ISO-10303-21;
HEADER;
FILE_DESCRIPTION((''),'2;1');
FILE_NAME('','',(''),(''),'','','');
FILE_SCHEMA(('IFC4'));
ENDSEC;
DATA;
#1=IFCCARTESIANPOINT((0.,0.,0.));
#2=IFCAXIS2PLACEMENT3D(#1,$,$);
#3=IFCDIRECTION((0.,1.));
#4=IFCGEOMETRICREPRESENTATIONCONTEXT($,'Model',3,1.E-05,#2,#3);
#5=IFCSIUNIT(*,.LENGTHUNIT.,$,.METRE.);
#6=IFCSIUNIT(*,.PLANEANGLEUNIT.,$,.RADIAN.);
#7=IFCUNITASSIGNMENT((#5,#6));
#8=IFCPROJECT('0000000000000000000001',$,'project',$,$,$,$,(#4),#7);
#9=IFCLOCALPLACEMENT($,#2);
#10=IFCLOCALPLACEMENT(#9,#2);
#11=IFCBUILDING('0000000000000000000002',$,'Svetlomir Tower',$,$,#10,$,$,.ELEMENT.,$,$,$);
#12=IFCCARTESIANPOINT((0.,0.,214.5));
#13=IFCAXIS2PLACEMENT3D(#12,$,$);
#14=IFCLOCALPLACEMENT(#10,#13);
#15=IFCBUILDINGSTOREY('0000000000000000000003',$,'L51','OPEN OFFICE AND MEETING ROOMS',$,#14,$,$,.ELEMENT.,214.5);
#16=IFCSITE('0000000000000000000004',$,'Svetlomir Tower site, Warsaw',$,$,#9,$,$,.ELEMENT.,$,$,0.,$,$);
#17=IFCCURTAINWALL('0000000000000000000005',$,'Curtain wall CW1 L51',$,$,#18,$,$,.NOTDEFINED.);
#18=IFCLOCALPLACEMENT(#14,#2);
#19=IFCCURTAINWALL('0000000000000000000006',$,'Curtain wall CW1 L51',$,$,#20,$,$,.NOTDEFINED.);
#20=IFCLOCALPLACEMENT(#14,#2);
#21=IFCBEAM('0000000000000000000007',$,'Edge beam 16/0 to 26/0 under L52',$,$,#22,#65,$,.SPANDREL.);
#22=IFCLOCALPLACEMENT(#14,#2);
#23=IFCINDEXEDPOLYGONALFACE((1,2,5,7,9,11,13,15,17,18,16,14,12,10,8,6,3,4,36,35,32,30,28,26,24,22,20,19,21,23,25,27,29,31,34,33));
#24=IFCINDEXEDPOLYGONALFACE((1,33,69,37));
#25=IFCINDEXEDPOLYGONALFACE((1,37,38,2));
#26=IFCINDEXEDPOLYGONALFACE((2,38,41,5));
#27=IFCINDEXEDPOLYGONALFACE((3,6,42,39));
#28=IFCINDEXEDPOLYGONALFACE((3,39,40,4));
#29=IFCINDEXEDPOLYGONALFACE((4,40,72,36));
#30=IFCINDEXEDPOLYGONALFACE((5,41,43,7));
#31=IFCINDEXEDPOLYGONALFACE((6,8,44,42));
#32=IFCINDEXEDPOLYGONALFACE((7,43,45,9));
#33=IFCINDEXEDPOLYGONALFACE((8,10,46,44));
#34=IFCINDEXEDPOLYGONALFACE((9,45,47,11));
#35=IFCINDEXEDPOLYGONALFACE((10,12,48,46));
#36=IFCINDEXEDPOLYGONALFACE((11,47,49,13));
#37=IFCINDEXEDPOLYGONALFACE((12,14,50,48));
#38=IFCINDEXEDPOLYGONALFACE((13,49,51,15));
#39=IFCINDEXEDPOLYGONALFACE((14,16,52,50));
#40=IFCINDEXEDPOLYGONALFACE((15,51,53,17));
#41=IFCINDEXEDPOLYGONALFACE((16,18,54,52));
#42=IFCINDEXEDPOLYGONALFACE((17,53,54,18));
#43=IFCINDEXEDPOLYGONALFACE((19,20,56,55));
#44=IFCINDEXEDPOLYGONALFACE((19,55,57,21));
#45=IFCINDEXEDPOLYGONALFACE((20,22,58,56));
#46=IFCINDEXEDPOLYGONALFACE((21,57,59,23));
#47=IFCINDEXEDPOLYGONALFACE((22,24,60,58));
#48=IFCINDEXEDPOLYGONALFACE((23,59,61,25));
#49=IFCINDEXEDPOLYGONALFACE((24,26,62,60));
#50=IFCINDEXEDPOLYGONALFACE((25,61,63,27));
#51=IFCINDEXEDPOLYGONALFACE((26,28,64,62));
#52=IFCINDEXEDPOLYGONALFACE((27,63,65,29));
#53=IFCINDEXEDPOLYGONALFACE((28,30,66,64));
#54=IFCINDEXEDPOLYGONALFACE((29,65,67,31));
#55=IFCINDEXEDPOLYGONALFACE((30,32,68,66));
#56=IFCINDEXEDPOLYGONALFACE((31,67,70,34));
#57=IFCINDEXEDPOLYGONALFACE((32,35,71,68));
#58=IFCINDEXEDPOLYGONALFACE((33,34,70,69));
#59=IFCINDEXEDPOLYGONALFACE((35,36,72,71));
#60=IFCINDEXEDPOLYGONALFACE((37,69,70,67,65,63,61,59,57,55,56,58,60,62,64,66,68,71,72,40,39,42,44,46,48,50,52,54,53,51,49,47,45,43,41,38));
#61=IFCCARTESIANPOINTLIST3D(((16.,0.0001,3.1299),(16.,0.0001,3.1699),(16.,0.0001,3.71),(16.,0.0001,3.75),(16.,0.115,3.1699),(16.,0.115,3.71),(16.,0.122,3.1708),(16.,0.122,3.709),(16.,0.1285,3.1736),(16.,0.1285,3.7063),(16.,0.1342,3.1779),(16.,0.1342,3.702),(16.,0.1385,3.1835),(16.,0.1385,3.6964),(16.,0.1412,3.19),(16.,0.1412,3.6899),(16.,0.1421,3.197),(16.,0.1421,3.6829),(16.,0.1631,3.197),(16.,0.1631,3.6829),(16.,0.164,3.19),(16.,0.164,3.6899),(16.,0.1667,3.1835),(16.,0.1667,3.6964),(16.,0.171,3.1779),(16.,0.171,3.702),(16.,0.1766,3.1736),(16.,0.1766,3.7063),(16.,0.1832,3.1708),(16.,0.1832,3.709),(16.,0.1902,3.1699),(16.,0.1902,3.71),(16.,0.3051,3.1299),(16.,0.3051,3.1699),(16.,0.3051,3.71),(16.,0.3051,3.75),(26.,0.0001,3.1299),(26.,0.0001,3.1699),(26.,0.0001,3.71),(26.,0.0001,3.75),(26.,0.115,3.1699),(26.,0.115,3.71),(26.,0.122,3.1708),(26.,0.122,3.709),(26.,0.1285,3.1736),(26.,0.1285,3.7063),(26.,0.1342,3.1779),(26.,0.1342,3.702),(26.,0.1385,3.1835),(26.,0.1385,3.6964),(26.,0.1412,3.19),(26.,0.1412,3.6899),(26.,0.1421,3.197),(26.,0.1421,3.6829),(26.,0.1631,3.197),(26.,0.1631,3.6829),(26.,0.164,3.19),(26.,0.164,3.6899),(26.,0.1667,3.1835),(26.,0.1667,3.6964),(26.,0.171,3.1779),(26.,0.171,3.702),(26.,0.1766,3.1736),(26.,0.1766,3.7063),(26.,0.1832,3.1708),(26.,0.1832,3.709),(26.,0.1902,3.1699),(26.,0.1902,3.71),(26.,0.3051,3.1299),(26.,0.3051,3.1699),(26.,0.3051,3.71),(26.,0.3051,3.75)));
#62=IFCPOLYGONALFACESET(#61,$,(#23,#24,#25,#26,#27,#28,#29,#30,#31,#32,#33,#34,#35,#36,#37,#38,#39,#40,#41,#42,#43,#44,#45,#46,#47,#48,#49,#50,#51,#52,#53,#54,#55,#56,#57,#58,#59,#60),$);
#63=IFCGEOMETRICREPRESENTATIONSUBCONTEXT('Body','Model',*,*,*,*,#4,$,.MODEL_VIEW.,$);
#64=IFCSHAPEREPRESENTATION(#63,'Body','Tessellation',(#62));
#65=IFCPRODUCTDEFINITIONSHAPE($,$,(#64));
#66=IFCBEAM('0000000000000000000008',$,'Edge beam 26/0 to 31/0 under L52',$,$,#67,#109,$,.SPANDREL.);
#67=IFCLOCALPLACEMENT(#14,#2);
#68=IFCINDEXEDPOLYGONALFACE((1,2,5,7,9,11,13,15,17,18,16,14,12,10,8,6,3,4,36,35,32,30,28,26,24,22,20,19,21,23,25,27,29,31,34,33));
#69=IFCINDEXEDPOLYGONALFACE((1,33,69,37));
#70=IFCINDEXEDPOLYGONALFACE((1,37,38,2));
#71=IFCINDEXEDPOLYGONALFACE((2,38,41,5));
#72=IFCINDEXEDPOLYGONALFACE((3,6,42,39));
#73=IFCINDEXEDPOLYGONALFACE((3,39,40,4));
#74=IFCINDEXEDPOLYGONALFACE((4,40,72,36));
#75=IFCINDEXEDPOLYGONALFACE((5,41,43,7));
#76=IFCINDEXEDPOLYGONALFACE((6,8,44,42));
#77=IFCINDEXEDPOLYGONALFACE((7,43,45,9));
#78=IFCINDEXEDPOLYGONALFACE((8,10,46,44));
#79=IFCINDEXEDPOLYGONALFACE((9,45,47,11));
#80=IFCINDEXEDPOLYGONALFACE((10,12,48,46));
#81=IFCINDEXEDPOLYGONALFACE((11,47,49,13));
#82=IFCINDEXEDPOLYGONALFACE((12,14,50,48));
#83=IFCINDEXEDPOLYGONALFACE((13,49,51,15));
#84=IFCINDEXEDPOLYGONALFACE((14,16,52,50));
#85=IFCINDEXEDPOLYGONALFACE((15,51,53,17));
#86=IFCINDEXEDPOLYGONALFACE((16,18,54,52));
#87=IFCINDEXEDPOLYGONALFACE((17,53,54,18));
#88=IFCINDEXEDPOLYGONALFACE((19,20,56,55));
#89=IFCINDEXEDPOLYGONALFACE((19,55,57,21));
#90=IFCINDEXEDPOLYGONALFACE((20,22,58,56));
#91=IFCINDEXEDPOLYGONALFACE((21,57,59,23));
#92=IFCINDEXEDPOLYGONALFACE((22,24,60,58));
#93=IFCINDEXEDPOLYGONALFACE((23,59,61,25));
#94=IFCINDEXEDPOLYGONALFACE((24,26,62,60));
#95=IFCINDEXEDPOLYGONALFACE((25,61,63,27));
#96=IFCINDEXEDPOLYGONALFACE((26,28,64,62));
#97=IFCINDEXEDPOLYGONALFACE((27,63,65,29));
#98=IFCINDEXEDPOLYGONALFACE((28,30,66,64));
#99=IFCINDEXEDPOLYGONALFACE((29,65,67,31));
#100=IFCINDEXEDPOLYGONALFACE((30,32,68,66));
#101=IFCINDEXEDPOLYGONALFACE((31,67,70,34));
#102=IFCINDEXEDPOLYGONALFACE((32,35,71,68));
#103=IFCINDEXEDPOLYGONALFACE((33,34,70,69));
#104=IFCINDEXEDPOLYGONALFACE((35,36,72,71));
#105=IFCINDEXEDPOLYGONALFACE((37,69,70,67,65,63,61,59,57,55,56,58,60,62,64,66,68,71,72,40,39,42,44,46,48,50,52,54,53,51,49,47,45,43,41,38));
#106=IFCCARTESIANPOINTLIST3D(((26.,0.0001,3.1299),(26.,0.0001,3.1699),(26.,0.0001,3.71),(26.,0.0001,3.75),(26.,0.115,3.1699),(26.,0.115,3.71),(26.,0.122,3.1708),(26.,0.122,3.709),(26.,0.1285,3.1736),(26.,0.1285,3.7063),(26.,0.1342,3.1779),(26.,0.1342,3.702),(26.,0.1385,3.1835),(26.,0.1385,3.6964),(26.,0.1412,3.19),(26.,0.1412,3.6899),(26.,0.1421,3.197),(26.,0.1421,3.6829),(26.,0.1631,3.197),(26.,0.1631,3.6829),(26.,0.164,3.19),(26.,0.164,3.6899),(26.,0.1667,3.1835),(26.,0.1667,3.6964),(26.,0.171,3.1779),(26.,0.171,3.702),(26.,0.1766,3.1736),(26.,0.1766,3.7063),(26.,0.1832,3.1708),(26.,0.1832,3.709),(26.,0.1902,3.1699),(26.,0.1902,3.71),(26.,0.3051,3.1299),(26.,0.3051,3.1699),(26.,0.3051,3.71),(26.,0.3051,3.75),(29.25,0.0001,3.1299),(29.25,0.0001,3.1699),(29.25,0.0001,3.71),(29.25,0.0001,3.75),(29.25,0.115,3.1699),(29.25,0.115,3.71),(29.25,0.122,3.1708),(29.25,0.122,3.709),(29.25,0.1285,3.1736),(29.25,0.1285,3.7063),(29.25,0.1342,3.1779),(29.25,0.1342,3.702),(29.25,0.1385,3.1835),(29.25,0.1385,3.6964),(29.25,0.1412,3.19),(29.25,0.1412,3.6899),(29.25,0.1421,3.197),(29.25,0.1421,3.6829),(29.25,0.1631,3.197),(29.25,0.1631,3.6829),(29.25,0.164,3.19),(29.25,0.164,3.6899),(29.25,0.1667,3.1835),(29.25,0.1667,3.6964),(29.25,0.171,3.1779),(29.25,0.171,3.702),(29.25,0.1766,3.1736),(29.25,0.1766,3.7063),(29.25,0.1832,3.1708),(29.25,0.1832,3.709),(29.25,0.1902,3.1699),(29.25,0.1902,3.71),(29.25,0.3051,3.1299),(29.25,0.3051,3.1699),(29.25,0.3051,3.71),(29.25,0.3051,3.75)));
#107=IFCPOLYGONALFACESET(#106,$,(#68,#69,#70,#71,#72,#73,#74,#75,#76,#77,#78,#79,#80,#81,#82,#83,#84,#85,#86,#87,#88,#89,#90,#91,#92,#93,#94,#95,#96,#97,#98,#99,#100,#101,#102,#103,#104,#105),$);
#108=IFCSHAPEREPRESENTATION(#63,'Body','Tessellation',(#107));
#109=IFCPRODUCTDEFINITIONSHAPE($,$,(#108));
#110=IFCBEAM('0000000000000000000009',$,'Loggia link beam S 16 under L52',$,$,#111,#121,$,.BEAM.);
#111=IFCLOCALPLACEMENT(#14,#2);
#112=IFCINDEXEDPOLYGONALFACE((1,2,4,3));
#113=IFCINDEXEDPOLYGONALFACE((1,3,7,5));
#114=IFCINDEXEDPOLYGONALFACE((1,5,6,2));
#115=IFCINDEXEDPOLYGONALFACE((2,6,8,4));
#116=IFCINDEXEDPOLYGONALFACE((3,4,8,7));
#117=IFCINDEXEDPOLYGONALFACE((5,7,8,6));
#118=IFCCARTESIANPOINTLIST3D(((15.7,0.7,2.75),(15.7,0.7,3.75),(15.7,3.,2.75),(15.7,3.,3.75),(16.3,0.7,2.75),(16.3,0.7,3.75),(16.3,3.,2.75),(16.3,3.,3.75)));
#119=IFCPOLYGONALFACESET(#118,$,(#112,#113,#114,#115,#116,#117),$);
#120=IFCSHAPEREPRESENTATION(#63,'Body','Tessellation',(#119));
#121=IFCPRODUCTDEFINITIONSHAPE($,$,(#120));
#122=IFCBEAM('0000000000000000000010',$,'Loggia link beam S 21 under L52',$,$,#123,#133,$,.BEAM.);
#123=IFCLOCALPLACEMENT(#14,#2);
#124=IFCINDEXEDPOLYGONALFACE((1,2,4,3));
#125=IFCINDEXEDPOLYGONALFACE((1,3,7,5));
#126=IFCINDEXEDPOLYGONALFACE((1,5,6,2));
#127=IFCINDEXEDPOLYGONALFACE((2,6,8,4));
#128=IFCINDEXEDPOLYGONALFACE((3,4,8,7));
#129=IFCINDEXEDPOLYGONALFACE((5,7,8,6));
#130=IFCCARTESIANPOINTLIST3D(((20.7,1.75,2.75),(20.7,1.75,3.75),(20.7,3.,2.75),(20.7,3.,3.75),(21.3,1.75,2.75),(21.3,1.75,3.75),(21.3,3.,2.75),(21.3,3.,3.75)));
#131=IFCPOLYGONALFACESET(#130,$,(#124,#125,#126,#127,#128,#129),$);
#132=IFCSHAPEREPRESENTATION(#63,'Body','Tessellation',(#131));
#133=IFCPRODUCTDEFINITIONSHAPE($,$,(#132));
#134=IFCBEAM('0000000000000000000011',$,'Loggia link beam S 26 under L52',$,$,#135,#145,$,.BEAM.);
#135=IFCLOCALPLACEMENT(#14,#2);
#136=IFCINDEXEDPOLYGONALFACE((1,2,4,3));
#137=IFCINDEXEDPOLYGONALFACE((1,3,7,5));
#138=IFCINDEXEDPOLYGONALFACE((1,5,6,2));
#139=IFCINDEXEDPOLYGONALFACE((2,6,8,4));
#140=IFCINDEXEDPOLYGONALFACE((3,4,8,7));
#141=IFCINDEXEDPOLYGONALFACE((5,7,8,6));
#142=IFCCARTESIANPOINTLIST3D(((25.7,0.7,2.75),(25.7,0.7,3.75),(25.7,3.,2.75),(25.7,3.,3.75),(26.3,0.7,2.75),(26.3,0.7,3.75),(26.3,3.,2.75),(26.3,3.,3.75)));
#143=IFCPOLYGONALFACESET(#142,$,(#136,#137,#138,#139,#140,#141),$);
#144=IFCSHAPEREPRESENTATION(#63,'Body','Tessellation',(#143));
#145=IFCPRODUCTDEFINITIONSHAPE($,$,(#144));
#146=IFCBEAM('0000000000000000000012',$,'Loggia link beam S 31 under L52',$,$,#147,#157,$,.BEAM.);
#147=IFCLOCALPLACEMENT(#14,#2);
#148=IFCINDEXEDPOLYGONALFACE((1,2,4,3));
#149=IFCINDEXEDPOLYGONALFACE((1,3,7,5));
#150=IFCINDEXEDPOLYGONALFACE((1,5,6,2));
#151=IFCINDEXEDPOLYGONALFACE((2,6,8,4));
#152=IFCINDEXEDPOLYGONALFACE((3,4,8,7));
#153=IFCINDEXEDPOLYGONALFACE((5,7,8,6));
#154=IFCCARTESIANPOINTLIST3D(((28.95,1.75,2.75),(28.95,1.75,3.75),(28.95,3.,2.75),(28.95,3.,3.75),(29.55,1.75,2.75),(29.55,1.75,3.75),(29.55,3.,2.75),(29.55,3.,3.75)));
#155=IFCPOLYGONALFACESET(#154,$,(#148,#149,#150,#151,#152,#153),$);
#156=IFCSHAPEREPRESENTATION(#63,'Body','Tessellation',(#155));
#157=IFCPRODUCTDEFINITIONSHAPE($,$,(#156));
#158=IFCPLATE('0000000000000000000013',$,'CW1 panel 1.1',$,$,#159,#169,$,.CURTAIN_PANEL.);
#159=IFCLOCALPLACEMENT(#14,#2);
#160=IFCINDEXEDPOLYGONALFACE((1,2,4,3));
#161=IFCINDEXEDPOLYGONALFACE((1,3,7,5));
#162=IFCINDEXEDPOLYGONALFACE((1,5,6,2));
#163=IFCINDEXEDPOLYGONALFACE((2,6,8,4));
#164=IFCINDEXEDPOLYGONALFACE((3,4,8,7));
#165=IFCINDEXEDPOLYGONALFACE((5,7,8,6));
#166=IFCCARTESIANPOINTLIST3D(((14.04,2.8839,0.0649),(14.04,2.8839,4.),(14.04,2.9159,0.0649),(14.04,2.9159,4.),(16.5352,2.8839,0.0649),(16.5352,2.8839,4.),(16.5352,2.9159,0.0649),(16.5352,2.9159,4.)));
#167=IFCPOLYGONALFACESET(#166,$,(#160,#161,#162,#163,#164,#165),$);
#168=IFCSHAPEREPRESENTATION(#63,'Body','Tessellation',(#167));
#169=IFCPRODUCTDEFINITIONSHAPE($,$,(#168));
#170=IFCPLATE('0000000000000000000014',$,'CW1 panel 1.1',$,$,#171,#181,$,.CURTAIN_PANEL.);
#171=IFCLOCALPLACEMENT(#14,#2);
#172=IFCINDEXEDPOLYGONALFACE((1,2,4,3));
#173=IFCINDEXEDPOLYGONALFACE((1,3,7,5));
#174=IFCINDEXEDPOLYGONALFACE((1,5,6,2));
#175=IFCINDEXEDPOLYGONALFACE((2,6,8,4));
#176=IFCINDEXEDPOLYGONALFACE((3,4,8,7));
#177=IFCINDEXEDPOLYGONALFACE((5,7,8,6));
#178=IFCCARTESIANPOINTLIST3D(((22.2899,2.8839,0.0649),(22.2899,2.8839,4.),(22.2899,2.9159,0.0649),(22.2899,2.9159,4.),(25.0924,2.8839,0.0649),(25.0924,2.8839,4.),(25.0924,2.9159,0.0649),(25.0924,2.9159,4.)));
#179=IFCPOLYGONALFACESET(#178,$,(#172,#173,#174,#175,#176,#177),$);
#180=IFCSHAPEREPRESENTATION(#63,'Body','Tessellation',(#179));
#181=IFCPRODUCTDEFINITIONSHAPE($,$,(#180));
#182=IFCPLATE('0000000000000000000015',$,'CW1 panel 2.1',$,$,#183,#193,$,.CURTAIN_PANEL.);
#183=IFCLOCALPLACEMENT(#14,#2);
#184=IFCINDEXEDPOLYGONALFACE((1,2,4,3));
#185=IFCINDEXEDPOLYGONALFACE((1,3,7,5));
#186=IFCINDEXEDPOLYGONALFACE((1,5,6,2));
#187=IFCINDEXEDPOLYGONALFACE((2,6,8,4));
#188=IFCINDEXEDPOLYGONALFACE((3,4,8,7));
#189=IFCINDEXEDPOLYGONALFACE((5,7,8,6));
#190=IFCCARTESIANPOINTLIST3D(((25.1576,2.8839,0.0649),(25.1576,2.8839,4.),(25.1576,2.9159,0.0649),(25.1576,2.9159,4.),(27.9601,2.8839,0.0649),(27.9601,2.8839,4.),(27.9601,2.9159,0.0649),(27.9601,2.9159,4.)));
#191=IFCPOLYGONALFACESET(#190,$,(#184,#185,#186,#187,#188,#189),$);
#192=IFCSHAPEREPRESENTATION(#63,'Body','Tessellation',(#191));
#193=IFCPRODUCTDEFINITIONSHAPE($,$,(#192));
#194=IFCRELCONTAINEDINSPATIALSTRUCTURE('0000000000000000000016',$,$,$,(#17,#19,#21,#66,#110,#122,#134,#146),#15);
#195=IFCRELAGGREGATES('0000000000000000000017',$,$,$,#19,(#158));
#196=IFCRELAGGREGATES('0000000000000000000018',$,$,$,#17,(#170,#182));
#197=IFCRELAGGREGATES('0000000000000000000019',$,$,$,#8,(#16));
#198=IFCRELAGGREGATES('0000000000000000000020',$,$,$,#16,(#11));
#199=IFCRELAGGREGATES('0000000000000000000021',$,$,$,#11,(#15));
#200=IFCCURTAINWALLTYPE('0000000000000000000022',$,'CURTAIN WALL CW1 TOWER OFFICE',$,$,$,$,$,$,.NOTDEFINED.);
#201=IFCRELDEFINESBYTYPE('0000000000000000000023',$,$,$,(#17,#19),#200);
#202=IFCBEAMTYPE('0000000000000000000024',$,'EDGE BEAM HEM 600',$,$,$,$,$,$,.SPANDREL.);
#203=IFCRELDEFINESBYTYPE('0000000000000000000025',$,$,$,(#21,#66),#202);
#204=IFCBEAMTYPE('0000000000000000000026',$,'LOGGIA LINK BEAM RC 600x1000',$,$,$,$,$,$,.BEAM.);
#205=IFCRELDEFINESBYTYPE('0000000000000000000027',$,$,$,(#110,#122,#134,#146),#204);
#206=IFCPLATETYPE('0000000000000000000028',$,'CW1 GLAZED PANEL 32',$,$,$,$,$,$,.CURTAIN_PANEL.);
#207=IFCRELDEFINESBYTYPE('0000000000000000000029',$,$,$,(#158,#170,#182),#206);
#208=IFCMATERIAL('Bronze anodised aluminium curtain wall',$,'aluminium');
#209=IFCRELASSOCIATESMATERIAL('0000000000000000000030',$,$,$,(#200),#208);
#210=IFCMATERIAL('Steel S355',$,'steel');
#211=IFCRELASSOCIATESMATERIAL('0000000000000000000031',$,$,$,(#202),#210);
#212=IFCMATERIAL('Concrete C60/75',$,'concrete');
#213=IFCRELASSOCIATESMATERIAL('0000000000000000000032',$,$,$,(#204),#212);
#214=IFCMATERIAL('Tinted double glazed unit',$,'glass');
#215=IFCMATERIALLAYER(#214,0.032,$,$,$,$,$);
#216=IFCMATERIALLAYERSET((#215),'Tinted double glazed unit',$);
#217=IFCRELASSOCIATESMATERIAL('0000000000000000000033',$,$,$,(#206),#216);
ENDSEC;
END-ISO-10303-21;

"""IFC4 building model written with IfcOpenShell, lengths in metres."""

from ifc_helpers import new_model, si_unit, direction, frame, origin, origin_2d, place, context, subcontext, project, spatial, rectangle, i_section, extrude, material, layer, layer_set, material_profile, profile_set, type_object, element, aggregate, save


model = new_model("IFC4")

# Units and contexts
model_context = context("Model", 3, precision=1e-05, world=origin(), true_north=direction((0.0, 1.0)))
body_context = subcontext(model_context, "Body", "Model", "MODEL_VIEW")
ifc_project = project(units=[si_unit("LENGTHUNIT", "METRE"), si_unit("PLANEANGLEUNIT", "RADIAN")], contexts=[model_context])

# Site, building, storey
site_placement = place(None, origin())
site = spatial("IfcSite", under=ifc_project, at=site_placement, Name="Svetlomir Tower site, Warsaw", CompositionType="ELEMENT", RefElevation=0.0)
building_placement = place(site_placement, origin())
building = spatial("IfcBuilding", under=site, at=building_placement, Name="Svetlomir Tower", CompositionType="ELEMENT")
storey_placement = place(building_placement, frame((0.0, 0.0, 214.5)))
storey = spatial("IfcBuildingStorey", under=building, at=storey_placement, Name="L51", Description="OPEN OFFICE AND MEETING ROOMS", CompositionType="ELEMENT", Elevation=214.5)

# Curtain wall
ifc_material_1 = material(Name="Bronze anodised aluminium curtain wall", Category="aluminium")
curtain_wall_type = type_object("IfcCurtainWallType", Name="CURTAIN WALL CW1 TOWER OFFICE", PredefinedType="NOTDEFINED", material=ifc_material_1)
curtain_wall_1_placement = place(storey_placement, origin())
curtain_wall_1 = element("IfcCurtainWall", 1, at=curtain_wall_1_placement, inside=storey, type_object=curtain_wall_type, Name="Curtain wall CW1 L51", PredefinedType="NOTDEFINED")

# Curtain wall
curtain_wall_2_placement = place(storey_placement, origin())
curtain_wall_2 = element("IfcCurtainWall", 2, at=curtain_wall_2_placement, inside=storey, type_object=curtain_wall_type, Name="Curtain wall CW1 L51", PredefinedType="NOTDEFINED")

# Beams
ifc_material_2 = material(Name="Steel S355", Category="steel")
ifc_material_profile_1 = material_profile(ifc_material_2, i_section(OverallWidth=0.3049, OverallDepth=0.6201, WebThickness=0.021, FlangeThickness=0.04, FilletRadius=0.0271, at=origin_2d()), Name="HEM 600")
ifc_profile_set_1 = profile_set([ifc_material_profile_1], Name="Steel S355")
beam_type_1 = type_object("IfcBeamType", Name="EDGE BEAM HEM 600", PredefinedType="SPANDREL", material=ifc_profile_set_1)
beam_1_placement = place(storey_placement, frame((16.0, 0.1526, 3.4399), z_axis=(1.0, 0.0, 0.0), x_axis=(0.0, 1.0, 0.0)))
element("IfcBeam", 3, at=beam_1_placement, inside=storey, type_object=beam_type_1, Name="Edge beam 16/0 to 26/0 under L52", PredefinedType="SPANDREL", context=body_context, shape_type="SweptSolid", body=[
    extrude(i_section(OverallWidth=0.3049, OverallDepth=0.6201, WebThickness=0.021, FlangeThickness=0.04, FilletRadius=0.0271, at=origin_2d()), origin(), (0.0, 0.0, 1.0), 10.0),
])
beam_2_placement = place(storey_placement, frame((26.0, 0.1526, 3.4399), z_axis=(1.0, 0.0, 0.0), x_axis=(0.0, 1.0, 0.0)))
element("IfcBeam", 4, at=beam_2_placement, inside=storey, type_object=beam_type_1, Name="Edge beam 26/0 to 31/0 under L52", PredefinedType="SPANDREL", context=body_context, shape_type="SweptSolid", body=[
    extrude(i_section(OverallWidth=0.3049, OverallDepth=0.6201, WebThickness=0.021, FlangeThickness=0.04, FilletRadius=0.0271, at=origin_2d()), origin(), (0.0, 0.0, 1.0), 3.25),
])
ifc_material_3 = material(Name="Concrete C60/75", Category="concrete")
ifc_material_profile_2 = material_profile(ifc_material_3, rectangle(XDim=0.6001, YDim=1.0, at=origin_2d()), Name="RC 600x1000")
ifc_profile_set_2 = profile_set([ifc_material_profile_2], Name="Concrete C60/75")
beam_type_2 = type_object("IfcBeamType", Name="LOGGIA LINK BEAM RC 600x1000", PredefinedType="BEAM", material=ifc_profile_set_2)
beam_3_placement = place(storey_placement, frame((16.0, 0.7, 3.25), z_axis=(0.0, 1.0, 0.0), x_axis=(-1.0, 0.0, 0.0)))
element("IfcBeam", 5, at=beam_3_placement, inside=storey, type_object=beam_type_2, Name="Loggia link beam S 16 under L52", PredefinedType="BEAM", context=body_context, shape_type="SweptSolid", body=[
    extrude(rectangle(XDim=0.6001, YDim=1.0, at=origin_2d()), origin(), (0.0, 0.0, 1.0), 2.3),
])
beam_4_placement = place(storey_placement, frame((21.0, 1.75, 3.25), z_axis=(0.0, 1.0, 0.0), x_axis=(-1.0, 0.0, 0.0)))
element("IfcBeam", 6, at=beam_4_placement, inside=storey, type_object=beam_type_2, Name="Loggia link beam S 21 under L52", PredefinedType="BEAM", context=body_context, shape_type="SweptSolid", body=[
    extrude(rectangle(XDim=0.6001, YDim=1.0, at=origin_2d()), origin(), (0.0, 0.0, 1.0), 1.25),
])
beam_5_placement = place(storey_placement, frame((26.0, 0.7, 3.25), z_axis=(0.0, 1.0, 0.0), x_axis=(-1.0, 0.0, 0.0)))
element("IfcBeam", 7, at=beam_5_placement, inside=storey, type_object=beam_type_2, Name="Loggia link beam S 26 under L52", PredefinedType="BEAM", context=body_context, shape_type="SweptSolid", body=[
    extrude(rectangle(XDim=0.6001, YDim=1.0, at=origin_2d()), origin(), (0.0, 0.0, 1.0), 2.3),
])
beam_6_placement = place(storey_placement, frame((29.25, 1.75, 3.25), z_axis=(0.0, 1.0, 0.0), x_axis=(-1.0, 0.0, 0.0)))
element("IfcBeam", 8, at=beam_6_placement, inside=storey, type_object=beam_type_2, Name="Loggia link beam S 31 under L52", PredefinedType="BEAM", context=body_context, shape_type="SweptSolid", body=[
    extrude(rectangle(XDim=0.6001, YDim=1.0, at=origin_2d()), origin(), (0.0, 0.0, 1.0), 1.25),
])

# Plates
ifc_material_4 = material(Name="Tinted double glazed unit", Category="glass")
ifc_layer_1 = layer(ifc_material_4, 0.032)
ifc_layer_set_1 = layer_set([ifc_layer_1], Name="Tinted double glazed unit")
plate_type = type_object("IfcPlateType", Name="CW1 GLAZED PANEL 32", PredefinedType="CURTAIN_PANEL", material=ifc_layer_set_1)
plate_1_placement = place(storey_placement, frame((15.2876, 2.8999, 0.0649), z_axis=(0.0, 0.0, 1.0), x_axis=(1.0, 0.0, 0.0)))
plate_1 = element("IfcPlate", 9, at=plate_1_placement, type_object=plate_type, Name="CW1 panel 1.1", PredefinedType="CURTAIN_PANEL", context=body_context, shape_type="SweptSolid", body=[
    extrude(rectangle(XDim=2.4951, YDim=0.032, at=origin_2d()), origin(), (0.0, 0.0, 1.0), 3.9351),
])
aggregate(curtain_wall_2, [plate_1])
plate_2_placement = place(storey_placement, frame((23.6912, 2.8999, 0.0649), z_axis=(0.0, 0.0, 1.0), x_axis=(1.0, 0.0, 0.0)))
plate_2 = element("IfcPlate", 10, at=plate_2_placement, type_object=plate_type, Name="CW1 panel 1.1", PredefinedType="CURTAIN_PANEL", context=body_context, shape_type="SweptSolid", body=[
    extrude(rectangle(XDim=2.8025, YDim=0.032, at=origin_2d()), origin(), (0.0, 0.0, 1.0), 3.9351),
])
plate_3_placement = place(storey_placement, frame((26.5588, 2.8999, 0.0649), z_axis=(0.0, 0.0, 1.0), x_axis=(1.0, 0.0, 0.0)))
plate_3 = element("IfcPlate", 11, at=plate_3_placement, type_object=plate_type, Name="CW1 panel 2.1", PredefinedType="CURTAIN_PANEL", context=body_context, shape_type="SweptSolid", body=[
    extrude(rectangle(XDim=2.8025, YDim=0.032, at=origin_2d()), origin(), (0.0, 0.0, 1.0), 3.9351),
])
aggregate(curtain_wall_1, [plate_2, plate_3])

save(model, "model.ifc")
